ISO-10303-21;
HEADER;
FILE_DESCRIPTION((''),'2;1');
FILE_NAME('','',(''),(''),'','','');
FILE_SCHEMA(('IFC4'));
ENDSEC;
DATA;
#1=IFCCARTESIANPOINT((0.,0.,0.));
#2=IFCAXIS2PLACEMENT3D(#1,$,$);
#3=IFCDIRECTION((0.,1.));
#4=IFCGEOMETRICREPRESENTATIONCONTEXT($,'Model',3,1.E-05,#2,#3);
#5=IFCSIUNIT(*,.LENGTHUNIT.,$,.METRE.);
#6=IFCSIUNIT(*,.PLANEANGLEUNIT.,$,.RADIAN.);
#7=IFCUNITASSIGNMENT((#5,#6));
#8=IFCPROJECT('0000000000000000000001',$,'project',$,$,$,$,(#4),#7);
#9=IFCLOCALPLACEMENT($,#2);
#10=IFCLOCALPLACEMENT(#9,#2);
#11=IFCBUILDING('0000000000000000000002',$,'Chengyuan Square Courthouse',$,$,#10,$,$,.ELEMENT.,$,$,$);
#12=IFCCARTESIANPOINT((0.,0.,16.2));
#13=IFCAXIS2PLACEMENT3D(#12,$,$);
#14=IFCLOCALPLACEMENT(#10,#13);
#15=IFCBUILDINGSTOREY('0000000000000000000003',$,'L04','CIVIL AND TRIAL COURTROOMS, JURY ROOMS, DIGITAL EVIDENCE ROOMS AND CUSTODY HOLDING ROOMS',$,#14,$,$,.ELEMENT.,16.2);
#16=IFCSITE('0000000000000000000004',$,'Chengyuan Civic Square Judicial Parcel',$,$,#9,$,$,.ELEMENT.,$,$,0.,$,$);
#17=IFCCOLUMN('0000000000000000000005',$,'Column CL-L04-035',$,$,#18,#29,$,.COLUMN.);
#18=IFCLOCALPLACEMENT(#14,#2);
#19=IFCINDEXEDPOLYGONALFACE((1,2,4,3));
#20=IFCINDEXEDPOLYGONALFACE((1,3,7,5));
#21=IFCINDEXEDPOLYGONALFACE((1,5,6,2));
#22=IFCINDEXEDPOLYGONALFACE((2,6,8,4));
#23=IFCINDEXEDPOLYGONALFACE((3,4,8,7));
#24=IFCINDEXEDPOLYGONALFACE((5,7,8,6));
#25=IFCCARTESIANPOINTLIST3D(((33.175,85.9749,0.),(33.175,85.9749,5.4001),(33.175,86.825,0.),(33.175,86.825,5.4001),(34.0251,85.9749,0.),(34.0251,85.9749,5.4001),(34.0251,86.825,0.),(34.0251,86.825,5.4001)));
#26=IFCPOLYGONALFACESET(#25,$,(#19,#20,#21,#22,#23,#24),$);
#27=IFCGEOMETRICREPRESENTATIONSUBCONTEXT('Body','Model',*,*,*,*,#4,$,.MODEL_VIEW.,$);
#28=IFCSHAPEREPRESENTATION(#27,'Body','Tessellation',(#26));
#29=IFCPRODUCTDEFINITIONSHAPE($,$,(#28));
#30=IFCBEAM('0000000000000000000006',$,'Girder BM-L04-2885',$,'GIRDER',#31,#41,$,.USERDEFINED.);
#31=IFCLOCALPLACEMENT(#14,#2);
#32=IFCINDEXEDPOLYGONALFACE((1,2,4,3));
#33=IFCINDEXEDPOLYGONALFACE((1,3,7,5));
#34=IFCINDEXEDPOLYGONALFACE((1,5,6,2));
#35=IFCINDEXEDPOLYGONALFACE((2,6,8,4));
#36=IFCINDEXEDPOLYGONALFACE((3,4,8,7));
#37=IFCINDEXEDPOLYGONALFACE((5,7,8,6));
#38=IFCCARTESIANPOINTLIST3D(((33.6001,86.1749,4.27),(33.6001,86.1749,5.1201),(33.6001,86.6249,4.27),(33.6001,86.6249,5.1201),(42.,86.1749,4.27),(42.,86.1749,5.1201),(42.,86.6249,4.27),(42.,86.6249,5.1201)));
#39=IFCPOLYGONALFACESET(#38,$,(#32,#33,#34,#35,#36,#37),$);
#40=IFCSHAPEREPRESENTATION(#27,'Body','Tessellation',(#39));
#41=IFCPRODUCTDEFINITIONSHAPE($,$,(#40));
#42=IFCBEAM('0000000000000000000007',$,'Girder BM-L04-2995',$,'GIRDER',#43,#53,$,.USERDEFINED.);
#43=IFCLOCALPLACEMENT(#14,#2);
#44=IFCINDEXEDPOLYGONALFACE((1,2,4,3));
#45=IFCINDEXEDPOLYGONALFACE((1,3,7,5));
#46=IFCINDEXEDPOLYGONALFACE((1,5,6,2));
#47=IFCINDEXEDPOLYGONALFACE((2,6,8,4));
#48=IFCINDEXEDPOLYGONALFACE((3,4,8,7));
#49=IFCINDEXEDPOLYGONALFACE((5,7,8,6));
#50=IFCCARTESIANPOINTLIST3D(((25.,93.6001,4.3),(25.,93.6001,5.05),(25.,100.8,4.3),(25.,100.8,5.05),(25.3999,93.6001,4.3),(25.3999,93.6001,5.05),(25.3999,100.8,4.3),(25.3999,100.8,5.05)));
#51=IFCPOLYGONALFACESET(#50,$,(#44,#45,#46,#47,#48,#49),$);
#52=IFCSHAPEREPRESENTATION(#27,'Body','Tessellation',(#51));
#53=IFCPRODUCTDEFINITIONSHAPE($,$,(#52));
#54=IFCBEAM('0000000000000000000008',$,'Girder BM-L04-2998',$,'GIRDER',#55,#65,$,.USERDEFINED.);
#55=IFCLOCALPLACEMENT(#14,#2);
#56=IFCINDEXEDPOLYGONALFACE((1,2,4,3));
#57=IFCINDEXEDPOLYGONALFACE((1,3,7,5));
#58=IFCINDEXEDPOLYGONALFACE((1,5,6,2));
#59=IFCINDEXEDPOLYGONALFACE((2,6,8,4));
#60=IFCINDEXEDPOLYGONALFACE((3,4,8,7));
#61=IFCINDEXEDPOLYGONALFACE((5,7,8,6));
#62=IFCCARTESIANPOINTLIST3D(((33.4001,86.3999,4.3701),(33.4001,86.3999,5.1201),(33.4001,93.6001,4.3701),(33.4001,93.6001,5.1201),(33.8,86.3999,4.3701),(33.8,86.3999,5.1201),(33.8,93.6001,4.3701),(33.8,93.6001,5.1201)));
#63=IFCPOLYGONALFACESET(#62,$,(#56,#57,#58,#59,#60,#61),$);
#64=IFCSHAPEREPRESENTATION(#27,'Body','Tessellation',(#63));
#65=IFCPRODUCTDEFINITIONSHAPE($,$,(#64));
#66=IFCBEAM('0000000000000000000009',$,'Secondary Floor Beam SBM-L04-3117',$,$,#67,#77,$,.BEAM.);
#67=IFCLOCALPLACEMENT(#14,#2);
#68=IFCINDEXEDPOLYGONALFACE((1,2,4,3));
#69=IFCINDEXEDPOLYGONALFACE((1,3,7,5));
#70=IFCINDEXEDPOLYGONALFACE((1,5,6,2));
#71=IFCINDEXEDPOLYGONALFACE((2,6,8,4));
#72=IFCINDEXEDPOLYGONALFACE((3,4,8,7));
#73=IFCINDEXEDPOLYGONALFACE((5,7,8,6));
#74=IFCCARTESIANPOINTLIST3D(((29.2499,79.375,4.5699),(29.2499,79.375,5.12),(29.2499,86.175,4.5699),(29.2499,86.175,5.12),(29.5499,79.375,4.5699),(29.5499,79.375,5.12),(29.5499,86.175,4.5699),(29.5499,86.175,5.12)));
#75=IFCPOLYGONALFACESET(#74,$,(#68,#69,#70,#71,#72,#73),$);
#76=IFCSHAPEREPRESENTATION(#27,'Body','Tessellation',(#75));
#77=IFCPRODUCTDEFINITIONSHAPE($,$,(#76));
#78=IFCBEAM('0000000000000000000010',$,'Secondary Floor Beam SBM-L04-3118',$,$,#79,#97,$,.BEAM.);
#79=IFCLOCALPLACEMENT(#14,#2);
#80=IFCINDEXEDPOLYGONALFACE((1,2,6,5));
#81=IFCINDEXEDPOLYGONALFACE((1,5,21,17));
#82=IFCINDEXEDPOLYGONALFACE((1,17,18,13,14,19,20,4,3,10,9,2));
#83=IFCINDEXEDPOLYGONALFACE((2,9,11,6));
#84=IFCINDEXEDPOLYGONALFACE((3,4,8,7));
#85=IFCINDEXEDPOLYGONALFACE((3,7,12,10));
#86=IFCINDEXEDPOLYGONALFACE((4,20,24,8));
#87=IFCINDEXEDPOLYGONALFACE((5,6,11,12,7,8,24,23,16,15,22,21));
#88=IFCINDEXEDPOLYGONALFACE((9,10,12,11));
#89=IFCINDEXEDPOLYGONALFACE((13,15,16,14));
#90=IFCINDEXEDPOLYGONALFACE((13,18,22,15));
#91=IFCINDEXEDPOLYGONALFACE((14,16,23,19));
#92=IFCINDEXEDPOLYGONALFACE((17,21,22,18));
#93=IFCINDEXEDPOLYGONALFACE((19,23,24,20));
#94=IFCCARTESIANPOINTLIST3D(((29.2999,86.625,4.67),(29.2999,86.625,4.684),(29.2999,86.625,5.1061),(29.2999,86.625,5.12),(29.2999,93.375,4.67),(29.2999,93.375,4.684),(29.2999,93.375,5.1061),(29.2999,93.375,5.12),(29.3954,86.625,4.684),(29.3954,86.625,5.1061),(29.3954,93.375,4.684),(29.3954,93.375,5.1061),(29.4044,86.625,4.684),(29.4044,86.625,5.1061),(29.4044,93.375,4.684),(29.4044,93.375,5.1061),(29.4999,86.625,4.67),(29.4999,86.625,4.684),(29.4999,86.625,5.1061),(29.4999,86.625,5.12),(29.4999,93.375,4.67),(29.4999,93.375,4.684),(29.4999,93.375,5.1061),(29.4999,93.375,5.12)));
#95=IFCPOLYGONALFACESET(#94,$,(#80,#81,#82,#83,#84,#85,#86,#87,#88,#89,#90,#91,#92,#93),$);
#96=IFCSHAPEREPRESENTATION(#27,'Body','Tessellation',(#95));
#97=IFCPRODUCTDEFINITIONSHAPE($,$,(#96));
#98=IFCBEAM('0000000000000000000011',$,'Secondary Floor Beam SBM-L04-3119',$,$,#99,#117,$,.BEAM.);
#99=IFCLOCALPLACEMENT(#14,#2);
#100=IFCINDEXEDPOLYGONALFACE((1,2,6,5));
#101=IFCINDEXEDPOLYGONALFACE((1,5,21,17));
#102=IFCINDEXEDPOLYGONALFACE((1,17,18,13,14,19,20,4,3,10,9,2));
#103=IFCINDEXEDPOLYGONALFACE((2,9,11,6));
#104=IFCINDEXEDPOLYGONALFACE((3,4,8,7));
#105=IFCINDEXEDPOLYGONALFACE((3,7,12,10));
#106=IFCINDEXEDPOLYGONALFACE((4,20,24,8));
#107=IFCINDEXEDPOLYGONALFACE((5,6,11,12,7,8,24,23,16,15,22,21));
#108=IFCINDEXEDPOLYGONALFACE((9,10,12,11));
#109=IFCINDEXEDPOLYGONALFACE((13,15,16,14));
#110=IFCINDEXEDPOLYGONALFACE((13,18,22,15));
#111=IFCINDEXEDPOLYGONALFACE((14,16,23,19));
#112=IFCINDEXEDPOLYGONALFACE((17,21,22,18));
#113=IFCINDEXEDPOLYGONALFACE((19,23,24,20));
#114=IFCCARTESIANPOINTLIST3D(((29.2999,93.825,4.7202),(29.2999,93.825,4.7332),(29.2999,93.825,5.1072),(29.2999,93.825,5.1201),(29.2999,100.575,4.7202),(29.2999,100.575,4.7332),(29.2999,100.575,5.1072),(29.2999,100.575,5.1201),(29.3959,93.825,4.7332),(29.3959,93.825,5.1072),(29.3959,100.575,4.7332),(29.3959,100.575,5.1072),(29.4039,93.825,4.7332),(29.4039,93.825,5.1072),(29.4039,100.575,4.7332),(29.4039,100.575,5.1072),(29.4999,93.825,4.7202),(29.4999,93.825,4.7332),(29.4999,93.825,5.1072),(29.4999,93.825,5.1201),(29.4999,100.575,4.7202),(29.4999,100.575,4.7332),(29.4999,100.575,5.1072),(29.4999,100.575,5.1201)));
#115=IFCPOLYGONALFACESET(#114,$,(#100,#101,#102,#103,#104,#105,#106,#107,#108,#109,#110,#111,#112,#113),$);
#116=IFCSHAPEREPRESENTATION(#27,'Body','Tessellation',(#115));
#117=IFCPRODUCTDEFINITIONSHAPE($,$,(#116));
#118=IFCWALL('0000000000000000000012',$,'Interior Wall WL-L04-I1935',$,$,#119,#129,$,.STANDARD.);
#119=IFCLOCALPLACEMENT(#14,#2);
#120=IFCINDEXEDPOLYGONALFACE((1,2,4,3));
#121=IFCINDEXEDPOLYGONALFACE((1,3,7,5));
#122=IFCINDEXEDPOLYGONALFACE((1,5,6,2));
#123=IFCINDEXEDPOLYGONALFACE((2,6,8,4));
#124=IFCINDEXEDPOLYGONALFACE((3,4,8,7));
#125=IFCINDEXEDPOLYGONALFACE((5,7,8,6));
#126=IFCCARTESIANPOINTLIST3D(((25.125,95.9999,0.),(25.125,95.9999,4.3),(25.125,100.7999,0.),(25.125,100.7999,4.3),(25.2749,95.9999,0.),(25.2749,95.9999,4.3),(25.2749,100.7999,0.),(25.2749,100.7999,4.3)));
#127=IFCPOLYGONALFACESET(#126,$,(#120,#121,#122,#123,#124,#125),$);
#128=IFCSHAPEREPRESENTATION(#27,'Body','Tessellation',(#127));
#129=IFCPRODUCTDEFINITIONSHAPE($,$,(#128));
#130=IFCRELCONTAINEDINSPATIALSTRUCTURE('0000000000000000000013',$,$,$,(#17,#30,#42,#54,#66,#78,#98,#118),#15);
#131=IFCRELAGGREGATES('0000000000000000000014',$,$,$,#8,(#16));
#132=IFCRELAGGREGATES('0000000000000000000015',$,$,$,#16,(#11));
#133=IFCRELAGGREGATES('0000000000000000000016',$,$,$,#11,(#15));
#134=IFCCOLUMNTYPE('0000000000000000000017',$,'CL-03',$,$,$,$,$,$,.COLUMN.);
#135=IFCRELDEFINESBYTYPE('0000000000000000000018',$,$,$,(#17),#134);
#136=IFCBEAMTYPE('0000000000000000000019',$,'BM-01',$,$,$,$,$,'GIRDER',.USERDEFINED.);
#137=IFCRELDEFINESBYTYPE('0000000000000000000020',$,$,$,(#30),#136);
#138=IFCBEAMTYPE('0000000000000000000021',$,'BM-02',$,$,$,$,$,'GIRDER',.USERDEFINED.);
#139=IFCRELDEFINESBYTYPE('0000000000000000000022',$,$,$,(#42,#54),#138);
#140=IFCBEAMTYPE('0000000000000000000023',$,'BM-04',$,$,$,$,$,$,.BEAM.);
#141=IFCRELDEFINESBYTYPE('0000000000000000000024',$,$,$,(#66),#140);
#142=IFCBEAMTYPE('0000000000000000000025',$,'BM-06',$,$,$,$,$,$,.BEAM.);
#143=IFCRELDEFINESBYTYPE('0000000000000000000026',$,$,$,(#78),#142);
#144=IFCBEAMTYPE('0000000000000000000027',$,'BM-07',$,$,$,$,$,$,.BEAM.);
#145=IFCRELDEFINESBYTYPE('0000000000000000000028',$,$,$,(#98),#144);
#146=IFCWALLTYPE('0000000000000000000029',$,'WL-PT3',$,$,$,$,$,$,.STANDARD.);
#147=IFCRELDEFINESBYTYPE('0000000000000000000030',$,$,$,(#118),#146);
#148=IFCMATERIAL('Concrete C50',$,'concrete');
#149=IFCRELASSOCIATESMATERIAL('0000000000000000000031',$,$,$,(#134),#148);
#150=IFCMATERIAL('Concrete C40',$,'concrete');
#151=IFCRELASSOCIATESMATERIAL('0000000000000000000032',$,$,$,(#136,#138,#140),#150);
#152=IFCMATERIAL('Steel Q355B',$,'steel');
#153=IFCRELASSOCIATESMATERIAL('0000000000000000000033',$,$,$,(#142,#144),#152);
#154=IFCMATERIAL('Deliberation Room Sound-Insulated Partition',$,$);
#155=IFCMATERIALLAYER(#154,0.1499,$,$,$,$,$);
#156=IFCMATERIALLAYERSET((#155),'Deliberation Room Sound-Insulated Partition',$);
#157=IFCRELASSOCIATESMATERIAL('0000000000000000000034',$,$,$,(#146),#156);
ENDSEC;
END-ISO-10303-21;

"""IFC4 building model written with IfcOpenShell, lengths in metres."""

from ifc_helpers import new_model, si_unit, direction, frame, frame_2d, origin, origin_2d, place, context, subcontext, project, spatial, rectangle, i_section, extrude, material, layer, layer_set, material_profile, profile_set, type_object, element, save


model = new_model("IFC4")

# Units and contexts
model_context = context("Model", 3, precision=1e-05, world=origin(), true_north=direction((0.0, 1.0)))
body_context = subcontext(model_context, "Body", "Model", "MODEL_VIEW")
ifc_project = project(units=[si_unit("LENGTHUNIT", "METRE"), si_unit("PLANEANGLEUNIT", "RADIAN")], contexts=[model_context])

# Site, building, storey
site_placement = place(None, origin())
site = spatial("IfcSite", under=ifc_project, at=site_placement, Name="Chengyuan Civic Square Judicial Parcel", CompositionType="ELEMENT", RefElevation=0.0)
building_placement = place(site_placement, origin())
building = spatial("IfcBuilding", under=site, at=building_placement, Name="Chengyuan Square Courthouse", CompositionType="ELEMENT")
storey_placement = place(building_placement, frame((0.0, 0.0, 16.2)))
storey = spatial("IfcBuildingStorey", under=building, at=storey_placement, Name="L04", Description="CIVIL AND TRIAL COURTROOMS, JURY ROOMS, DIGITAL EVIDENCE ROOMS AND CUSTODY HOLDING ROOMS", CompositionType="ELEMENT", Elevation=16.2)

# Column
ifc_material_1 = material(Name="Concrete C50", Category="concrete")
ifc_material_profile_1 = material_profile(ifc_material_1, rectangle(XDim=0.8501, YDim=0.8501, at=origin_2d()), Name="RC-COL-850x850")
ifc_profile_set_1 = profile_set([ifc_material_profile_1], Name="Concrete C50")
column_type = type_object("IfcColumnType", Name="CL-03", PredefinedType="COLUMN", material=ifc_profile_set_1)
column_placement = place(storey_placement, frame((33.6001, 86.3999, 0.0), z_axis=(0.0, 0.0, 1.0), x_axis=(1.0, 0.0, 0.0)))
element("IfcColumn", 1, at=column_placement, inside=storey, type_object=column_type, Name="Column CL-L04-035", PredefinedType="COLUMN", context=body_context, shape_type="SweptSolid", body=[
    extrude(rectangle(XDim=0.8501, YDim=0.8501, at=origin_2d()), origin(), (0.0, 0.0, 1.0), 5.4001),
])

# Beams
ifc_material_2 = material(Name="Concrete C40", Category="concrete")
ifc_material_profile_2 = material_profile(ifc_material_2, rectangle(XDim=0.45, YDim=0.8501, at=origin_2d()), Name="RC-BM-450x850")
ifc_profile_set_2 = profile_set([ifc_material_profile_2], Name="Concrete C40")
beam_type_1 = type_object("IfcBeamType", Name="BM-01", ElementType="GIRDER", PredefinedType="USERDEFINED", material=ifc_profile_set_2)
beam_1_placement = place(storey_placement, frame((33.6001, 86.3999, 4.6951), z_axis=(1.0, 0.0, 0.0), x_axis=(0.0, 1.0, 0.0)))
element("IfcBeam", 2, at=beam_1_placement, inside=storey, type_object=beam_type_1, Name="Girder BM-L04-2885", ObjectType="GIRDER", PredefinedType="USERDEFINED", context=body_context, shape_type="SweptSolid", body=[
    extrude(rectangle(XDim=0.45, YDim=0.8501, at=origin_2d()), origin(), (0.0, 0.0, 1.0), 8.3999),
])
ifc_material_profile_3 = material_profile(ifc_material_2, rectangle(XDim=0.3999, YDim=0.75, at=origin_2d()), Name="RC-BM-400x750")
ifc_profile_set_3 = profile_set([ifc_material_profile_3], Name="Concrete C40")
beam_type_2 = type_object("IfcBeamType", Name="BM-02", ElementType="GIRDER", PredefinedType="USERDEFINED", material=ifc_profile_set_3)
beam_2_placement = place(storey_placement, frame((25.2, 93.6001, 4.675), z_axis=(0.0, 1.0, 0.0), x_axis=(-1.0, 0.0, 0.0)))
element("IfcBeam", 3, at=beam_2_placement, inside=storey, type_object=beam_type_2, Name="Girder BM-L04-2995", ObjectType="GIRDER", PredefinedType="USERDEFINED", context=body_context, shape_type="SweptSolid", body=[
    extrude(rectangle(XDim=0.3999, YDim=0.75, at=origin_2d()), origin(), (0.0, 0.0, 1.0), 7.2),
])
beam_3_placement = place(storey_placement, frame((33.6001, 86.3999, 4.7451), z_axis=(0.0, 1.0, 0.0), x_axis=(-1.0, 0.0, 0.0)))
element("IfcBeam", 4, at=beam_3_placement, inside=storey, type_object=beam_type_2, Name="Girder BM-L04-2998", ObjectType="GIRDER", PredefinedType="USERDEFINED", context=body_context, shape_type="SweptSolid", body=[
    extrude(rectangle(XDim=0.3999, YDim=0.75, at=origin_2d()), origin(), (0.0, 0.0, 1.0), 7.2002),
])
ifc_material_profile_4 = material_profile(ifc_material_2, rectangle(XDim=0.3, YDim=0.55, at=origin_2d()), Name="RC-BM-300x550")
ifc_profile_set_4 = profile_set([ifc_material_profile_4], Name="Concrete C40")
beam_type_3 = type_object("IfcBeamType", Name="BM-04", PredefinedType="BEAM", material=ifc_profile_set_4)
beam_4_placement = place(storey_placement, frame((29.3999, 79.375, 4.845), z_axis=(0.0, 1.0, 0.0), x_axis=(-1.0, 0.0, 0.0)))
element("IfcBeam", 5, at=beam_4_placement, inside=storey, type_object=beam_type_3, Name="Secondary Floor Beam SBM-L04-3117", PredefinedType="BEAM", context=body_context, shape_type="SweptSolid", body=[
    extrude(rectangle(XDim=0.3, YDim=0.55, at=origin_2d()), origin(), (0.0, 0.0, 1.0), 6.8),
])
ifc_material_3 = material(Name="Steel Q355B", Category="steel")
ifc_material_profile_5 = material_profile(ifc_material_3, i_section(OverallWidth=0.2, OverallDepth=0.45, WebThickness=0.009, FlangeThickness=0.0139, at=origin_2d()), Name="HN 450x200x9x14")
ifc_profile_set_5 = profile_set([ifc_material_profile_5], Name="Steel Q355B")
beam_type_4 = type_object("IfcBeamType", Name="BM-06", PredefinedType="BEAM", material=ifc_profile_set_5)
beam_5_placement = place(storey_placement, frame((29.3999, 86.625, 4.895), z_axis=(0.0, 1.0, 0.0), x_axis=(-1.0, 0.0, 0.0)))
element("IfcBeam", 6, at=beam_5_placement, inside=storey, type_object=beam_type_4, Name="Secondary Floor Beam SBM-L04-3118", PredefinedType="BEAM", context=body_context, shape_type="SweptSolid", body=[
    extrude(i_section(OverallWidth=0.2, OverallDepth=0.45, WebThickness=0.009, FlangeThickness=0.0139, at=origin_2d()), origin(), (0.0, 0.0, 1.0), 6.75),
])
ifc_material_profile_6 = material_profile(ifc_material_3, i_section(OverallWidth=0.2, OverallDepth=0.3999, WebThickness=0.0081, FlangeThickness=0.0129, at=origin_2d()), Name="HN 400x200x8x13")
ifc_profile_set_6 = profile_set([ifc_material_profile_6], Name="Steel Q355B")
beam_type_5 = type_object("IfcBeamType", Name="BM-07", PredefinedType="BEAM", material=ifc_profile_set_6)
beam_6_placement = place(storey_placement, frame((29.3999, 93.825, 4.9202), z_axis=(0.0, 1.0, 0.0), x_axis=(-1.0, 0.0, 0.0)))
element("IfcBeam", 7, at=beam_6_placement, inside=storey, type_object=beam_type_5, Name="Secondary Floor Beam SBM-L04-3119", PredefinedType="BEAM", context=body_context, shape_type="SweptSolid", body=[
    extrude(i_section(OverallWidth=0.2, OverallDepth=0.3999, WebThickness=0.0081, FlangeThickness=0.0129, at=origin_2d()), origin(), (0.0, 0.0, 1.0), 6.75),
])

# Wall
ifc_material_4 = material(Name="Deliberation Room Sound-Insulated Partition")
ifc_layer_1 = layer(ifc_material_4, 0.1499)
ifc_layer_set_1 = layer_set([ifc_layer_1], Name="Deliberation Room Sound-Insulated Partition")
wall_type_1 = type_object("IfcWallType", Name="WL-PT3", PredefinedType="STANDARD", material=ifc_layer_set_1)
wall_1_placement = place(storey_placement, frame((25.2, 96.0, 0.0), z_axis=(0.0, 0.0, 1.0), x_axis=(0.0, 1.0, 0.0)))
element("IfcWall", 8, at=wall_1_placement, inside=storey, type_object=wall_type_1, Name="Interior Wall WL-L04-I1935", PredefinedType="STANDARD", context=body_context, shape_type="SweptSolid", body=[
    extrude(rectangle(XDim=4.8, YDim=0.1499, at=frame_2d((2.3999, 0.0))), origin(), (0.0, 0.0, 1.0), 4.3),
])

save(model, "model.ifc")
